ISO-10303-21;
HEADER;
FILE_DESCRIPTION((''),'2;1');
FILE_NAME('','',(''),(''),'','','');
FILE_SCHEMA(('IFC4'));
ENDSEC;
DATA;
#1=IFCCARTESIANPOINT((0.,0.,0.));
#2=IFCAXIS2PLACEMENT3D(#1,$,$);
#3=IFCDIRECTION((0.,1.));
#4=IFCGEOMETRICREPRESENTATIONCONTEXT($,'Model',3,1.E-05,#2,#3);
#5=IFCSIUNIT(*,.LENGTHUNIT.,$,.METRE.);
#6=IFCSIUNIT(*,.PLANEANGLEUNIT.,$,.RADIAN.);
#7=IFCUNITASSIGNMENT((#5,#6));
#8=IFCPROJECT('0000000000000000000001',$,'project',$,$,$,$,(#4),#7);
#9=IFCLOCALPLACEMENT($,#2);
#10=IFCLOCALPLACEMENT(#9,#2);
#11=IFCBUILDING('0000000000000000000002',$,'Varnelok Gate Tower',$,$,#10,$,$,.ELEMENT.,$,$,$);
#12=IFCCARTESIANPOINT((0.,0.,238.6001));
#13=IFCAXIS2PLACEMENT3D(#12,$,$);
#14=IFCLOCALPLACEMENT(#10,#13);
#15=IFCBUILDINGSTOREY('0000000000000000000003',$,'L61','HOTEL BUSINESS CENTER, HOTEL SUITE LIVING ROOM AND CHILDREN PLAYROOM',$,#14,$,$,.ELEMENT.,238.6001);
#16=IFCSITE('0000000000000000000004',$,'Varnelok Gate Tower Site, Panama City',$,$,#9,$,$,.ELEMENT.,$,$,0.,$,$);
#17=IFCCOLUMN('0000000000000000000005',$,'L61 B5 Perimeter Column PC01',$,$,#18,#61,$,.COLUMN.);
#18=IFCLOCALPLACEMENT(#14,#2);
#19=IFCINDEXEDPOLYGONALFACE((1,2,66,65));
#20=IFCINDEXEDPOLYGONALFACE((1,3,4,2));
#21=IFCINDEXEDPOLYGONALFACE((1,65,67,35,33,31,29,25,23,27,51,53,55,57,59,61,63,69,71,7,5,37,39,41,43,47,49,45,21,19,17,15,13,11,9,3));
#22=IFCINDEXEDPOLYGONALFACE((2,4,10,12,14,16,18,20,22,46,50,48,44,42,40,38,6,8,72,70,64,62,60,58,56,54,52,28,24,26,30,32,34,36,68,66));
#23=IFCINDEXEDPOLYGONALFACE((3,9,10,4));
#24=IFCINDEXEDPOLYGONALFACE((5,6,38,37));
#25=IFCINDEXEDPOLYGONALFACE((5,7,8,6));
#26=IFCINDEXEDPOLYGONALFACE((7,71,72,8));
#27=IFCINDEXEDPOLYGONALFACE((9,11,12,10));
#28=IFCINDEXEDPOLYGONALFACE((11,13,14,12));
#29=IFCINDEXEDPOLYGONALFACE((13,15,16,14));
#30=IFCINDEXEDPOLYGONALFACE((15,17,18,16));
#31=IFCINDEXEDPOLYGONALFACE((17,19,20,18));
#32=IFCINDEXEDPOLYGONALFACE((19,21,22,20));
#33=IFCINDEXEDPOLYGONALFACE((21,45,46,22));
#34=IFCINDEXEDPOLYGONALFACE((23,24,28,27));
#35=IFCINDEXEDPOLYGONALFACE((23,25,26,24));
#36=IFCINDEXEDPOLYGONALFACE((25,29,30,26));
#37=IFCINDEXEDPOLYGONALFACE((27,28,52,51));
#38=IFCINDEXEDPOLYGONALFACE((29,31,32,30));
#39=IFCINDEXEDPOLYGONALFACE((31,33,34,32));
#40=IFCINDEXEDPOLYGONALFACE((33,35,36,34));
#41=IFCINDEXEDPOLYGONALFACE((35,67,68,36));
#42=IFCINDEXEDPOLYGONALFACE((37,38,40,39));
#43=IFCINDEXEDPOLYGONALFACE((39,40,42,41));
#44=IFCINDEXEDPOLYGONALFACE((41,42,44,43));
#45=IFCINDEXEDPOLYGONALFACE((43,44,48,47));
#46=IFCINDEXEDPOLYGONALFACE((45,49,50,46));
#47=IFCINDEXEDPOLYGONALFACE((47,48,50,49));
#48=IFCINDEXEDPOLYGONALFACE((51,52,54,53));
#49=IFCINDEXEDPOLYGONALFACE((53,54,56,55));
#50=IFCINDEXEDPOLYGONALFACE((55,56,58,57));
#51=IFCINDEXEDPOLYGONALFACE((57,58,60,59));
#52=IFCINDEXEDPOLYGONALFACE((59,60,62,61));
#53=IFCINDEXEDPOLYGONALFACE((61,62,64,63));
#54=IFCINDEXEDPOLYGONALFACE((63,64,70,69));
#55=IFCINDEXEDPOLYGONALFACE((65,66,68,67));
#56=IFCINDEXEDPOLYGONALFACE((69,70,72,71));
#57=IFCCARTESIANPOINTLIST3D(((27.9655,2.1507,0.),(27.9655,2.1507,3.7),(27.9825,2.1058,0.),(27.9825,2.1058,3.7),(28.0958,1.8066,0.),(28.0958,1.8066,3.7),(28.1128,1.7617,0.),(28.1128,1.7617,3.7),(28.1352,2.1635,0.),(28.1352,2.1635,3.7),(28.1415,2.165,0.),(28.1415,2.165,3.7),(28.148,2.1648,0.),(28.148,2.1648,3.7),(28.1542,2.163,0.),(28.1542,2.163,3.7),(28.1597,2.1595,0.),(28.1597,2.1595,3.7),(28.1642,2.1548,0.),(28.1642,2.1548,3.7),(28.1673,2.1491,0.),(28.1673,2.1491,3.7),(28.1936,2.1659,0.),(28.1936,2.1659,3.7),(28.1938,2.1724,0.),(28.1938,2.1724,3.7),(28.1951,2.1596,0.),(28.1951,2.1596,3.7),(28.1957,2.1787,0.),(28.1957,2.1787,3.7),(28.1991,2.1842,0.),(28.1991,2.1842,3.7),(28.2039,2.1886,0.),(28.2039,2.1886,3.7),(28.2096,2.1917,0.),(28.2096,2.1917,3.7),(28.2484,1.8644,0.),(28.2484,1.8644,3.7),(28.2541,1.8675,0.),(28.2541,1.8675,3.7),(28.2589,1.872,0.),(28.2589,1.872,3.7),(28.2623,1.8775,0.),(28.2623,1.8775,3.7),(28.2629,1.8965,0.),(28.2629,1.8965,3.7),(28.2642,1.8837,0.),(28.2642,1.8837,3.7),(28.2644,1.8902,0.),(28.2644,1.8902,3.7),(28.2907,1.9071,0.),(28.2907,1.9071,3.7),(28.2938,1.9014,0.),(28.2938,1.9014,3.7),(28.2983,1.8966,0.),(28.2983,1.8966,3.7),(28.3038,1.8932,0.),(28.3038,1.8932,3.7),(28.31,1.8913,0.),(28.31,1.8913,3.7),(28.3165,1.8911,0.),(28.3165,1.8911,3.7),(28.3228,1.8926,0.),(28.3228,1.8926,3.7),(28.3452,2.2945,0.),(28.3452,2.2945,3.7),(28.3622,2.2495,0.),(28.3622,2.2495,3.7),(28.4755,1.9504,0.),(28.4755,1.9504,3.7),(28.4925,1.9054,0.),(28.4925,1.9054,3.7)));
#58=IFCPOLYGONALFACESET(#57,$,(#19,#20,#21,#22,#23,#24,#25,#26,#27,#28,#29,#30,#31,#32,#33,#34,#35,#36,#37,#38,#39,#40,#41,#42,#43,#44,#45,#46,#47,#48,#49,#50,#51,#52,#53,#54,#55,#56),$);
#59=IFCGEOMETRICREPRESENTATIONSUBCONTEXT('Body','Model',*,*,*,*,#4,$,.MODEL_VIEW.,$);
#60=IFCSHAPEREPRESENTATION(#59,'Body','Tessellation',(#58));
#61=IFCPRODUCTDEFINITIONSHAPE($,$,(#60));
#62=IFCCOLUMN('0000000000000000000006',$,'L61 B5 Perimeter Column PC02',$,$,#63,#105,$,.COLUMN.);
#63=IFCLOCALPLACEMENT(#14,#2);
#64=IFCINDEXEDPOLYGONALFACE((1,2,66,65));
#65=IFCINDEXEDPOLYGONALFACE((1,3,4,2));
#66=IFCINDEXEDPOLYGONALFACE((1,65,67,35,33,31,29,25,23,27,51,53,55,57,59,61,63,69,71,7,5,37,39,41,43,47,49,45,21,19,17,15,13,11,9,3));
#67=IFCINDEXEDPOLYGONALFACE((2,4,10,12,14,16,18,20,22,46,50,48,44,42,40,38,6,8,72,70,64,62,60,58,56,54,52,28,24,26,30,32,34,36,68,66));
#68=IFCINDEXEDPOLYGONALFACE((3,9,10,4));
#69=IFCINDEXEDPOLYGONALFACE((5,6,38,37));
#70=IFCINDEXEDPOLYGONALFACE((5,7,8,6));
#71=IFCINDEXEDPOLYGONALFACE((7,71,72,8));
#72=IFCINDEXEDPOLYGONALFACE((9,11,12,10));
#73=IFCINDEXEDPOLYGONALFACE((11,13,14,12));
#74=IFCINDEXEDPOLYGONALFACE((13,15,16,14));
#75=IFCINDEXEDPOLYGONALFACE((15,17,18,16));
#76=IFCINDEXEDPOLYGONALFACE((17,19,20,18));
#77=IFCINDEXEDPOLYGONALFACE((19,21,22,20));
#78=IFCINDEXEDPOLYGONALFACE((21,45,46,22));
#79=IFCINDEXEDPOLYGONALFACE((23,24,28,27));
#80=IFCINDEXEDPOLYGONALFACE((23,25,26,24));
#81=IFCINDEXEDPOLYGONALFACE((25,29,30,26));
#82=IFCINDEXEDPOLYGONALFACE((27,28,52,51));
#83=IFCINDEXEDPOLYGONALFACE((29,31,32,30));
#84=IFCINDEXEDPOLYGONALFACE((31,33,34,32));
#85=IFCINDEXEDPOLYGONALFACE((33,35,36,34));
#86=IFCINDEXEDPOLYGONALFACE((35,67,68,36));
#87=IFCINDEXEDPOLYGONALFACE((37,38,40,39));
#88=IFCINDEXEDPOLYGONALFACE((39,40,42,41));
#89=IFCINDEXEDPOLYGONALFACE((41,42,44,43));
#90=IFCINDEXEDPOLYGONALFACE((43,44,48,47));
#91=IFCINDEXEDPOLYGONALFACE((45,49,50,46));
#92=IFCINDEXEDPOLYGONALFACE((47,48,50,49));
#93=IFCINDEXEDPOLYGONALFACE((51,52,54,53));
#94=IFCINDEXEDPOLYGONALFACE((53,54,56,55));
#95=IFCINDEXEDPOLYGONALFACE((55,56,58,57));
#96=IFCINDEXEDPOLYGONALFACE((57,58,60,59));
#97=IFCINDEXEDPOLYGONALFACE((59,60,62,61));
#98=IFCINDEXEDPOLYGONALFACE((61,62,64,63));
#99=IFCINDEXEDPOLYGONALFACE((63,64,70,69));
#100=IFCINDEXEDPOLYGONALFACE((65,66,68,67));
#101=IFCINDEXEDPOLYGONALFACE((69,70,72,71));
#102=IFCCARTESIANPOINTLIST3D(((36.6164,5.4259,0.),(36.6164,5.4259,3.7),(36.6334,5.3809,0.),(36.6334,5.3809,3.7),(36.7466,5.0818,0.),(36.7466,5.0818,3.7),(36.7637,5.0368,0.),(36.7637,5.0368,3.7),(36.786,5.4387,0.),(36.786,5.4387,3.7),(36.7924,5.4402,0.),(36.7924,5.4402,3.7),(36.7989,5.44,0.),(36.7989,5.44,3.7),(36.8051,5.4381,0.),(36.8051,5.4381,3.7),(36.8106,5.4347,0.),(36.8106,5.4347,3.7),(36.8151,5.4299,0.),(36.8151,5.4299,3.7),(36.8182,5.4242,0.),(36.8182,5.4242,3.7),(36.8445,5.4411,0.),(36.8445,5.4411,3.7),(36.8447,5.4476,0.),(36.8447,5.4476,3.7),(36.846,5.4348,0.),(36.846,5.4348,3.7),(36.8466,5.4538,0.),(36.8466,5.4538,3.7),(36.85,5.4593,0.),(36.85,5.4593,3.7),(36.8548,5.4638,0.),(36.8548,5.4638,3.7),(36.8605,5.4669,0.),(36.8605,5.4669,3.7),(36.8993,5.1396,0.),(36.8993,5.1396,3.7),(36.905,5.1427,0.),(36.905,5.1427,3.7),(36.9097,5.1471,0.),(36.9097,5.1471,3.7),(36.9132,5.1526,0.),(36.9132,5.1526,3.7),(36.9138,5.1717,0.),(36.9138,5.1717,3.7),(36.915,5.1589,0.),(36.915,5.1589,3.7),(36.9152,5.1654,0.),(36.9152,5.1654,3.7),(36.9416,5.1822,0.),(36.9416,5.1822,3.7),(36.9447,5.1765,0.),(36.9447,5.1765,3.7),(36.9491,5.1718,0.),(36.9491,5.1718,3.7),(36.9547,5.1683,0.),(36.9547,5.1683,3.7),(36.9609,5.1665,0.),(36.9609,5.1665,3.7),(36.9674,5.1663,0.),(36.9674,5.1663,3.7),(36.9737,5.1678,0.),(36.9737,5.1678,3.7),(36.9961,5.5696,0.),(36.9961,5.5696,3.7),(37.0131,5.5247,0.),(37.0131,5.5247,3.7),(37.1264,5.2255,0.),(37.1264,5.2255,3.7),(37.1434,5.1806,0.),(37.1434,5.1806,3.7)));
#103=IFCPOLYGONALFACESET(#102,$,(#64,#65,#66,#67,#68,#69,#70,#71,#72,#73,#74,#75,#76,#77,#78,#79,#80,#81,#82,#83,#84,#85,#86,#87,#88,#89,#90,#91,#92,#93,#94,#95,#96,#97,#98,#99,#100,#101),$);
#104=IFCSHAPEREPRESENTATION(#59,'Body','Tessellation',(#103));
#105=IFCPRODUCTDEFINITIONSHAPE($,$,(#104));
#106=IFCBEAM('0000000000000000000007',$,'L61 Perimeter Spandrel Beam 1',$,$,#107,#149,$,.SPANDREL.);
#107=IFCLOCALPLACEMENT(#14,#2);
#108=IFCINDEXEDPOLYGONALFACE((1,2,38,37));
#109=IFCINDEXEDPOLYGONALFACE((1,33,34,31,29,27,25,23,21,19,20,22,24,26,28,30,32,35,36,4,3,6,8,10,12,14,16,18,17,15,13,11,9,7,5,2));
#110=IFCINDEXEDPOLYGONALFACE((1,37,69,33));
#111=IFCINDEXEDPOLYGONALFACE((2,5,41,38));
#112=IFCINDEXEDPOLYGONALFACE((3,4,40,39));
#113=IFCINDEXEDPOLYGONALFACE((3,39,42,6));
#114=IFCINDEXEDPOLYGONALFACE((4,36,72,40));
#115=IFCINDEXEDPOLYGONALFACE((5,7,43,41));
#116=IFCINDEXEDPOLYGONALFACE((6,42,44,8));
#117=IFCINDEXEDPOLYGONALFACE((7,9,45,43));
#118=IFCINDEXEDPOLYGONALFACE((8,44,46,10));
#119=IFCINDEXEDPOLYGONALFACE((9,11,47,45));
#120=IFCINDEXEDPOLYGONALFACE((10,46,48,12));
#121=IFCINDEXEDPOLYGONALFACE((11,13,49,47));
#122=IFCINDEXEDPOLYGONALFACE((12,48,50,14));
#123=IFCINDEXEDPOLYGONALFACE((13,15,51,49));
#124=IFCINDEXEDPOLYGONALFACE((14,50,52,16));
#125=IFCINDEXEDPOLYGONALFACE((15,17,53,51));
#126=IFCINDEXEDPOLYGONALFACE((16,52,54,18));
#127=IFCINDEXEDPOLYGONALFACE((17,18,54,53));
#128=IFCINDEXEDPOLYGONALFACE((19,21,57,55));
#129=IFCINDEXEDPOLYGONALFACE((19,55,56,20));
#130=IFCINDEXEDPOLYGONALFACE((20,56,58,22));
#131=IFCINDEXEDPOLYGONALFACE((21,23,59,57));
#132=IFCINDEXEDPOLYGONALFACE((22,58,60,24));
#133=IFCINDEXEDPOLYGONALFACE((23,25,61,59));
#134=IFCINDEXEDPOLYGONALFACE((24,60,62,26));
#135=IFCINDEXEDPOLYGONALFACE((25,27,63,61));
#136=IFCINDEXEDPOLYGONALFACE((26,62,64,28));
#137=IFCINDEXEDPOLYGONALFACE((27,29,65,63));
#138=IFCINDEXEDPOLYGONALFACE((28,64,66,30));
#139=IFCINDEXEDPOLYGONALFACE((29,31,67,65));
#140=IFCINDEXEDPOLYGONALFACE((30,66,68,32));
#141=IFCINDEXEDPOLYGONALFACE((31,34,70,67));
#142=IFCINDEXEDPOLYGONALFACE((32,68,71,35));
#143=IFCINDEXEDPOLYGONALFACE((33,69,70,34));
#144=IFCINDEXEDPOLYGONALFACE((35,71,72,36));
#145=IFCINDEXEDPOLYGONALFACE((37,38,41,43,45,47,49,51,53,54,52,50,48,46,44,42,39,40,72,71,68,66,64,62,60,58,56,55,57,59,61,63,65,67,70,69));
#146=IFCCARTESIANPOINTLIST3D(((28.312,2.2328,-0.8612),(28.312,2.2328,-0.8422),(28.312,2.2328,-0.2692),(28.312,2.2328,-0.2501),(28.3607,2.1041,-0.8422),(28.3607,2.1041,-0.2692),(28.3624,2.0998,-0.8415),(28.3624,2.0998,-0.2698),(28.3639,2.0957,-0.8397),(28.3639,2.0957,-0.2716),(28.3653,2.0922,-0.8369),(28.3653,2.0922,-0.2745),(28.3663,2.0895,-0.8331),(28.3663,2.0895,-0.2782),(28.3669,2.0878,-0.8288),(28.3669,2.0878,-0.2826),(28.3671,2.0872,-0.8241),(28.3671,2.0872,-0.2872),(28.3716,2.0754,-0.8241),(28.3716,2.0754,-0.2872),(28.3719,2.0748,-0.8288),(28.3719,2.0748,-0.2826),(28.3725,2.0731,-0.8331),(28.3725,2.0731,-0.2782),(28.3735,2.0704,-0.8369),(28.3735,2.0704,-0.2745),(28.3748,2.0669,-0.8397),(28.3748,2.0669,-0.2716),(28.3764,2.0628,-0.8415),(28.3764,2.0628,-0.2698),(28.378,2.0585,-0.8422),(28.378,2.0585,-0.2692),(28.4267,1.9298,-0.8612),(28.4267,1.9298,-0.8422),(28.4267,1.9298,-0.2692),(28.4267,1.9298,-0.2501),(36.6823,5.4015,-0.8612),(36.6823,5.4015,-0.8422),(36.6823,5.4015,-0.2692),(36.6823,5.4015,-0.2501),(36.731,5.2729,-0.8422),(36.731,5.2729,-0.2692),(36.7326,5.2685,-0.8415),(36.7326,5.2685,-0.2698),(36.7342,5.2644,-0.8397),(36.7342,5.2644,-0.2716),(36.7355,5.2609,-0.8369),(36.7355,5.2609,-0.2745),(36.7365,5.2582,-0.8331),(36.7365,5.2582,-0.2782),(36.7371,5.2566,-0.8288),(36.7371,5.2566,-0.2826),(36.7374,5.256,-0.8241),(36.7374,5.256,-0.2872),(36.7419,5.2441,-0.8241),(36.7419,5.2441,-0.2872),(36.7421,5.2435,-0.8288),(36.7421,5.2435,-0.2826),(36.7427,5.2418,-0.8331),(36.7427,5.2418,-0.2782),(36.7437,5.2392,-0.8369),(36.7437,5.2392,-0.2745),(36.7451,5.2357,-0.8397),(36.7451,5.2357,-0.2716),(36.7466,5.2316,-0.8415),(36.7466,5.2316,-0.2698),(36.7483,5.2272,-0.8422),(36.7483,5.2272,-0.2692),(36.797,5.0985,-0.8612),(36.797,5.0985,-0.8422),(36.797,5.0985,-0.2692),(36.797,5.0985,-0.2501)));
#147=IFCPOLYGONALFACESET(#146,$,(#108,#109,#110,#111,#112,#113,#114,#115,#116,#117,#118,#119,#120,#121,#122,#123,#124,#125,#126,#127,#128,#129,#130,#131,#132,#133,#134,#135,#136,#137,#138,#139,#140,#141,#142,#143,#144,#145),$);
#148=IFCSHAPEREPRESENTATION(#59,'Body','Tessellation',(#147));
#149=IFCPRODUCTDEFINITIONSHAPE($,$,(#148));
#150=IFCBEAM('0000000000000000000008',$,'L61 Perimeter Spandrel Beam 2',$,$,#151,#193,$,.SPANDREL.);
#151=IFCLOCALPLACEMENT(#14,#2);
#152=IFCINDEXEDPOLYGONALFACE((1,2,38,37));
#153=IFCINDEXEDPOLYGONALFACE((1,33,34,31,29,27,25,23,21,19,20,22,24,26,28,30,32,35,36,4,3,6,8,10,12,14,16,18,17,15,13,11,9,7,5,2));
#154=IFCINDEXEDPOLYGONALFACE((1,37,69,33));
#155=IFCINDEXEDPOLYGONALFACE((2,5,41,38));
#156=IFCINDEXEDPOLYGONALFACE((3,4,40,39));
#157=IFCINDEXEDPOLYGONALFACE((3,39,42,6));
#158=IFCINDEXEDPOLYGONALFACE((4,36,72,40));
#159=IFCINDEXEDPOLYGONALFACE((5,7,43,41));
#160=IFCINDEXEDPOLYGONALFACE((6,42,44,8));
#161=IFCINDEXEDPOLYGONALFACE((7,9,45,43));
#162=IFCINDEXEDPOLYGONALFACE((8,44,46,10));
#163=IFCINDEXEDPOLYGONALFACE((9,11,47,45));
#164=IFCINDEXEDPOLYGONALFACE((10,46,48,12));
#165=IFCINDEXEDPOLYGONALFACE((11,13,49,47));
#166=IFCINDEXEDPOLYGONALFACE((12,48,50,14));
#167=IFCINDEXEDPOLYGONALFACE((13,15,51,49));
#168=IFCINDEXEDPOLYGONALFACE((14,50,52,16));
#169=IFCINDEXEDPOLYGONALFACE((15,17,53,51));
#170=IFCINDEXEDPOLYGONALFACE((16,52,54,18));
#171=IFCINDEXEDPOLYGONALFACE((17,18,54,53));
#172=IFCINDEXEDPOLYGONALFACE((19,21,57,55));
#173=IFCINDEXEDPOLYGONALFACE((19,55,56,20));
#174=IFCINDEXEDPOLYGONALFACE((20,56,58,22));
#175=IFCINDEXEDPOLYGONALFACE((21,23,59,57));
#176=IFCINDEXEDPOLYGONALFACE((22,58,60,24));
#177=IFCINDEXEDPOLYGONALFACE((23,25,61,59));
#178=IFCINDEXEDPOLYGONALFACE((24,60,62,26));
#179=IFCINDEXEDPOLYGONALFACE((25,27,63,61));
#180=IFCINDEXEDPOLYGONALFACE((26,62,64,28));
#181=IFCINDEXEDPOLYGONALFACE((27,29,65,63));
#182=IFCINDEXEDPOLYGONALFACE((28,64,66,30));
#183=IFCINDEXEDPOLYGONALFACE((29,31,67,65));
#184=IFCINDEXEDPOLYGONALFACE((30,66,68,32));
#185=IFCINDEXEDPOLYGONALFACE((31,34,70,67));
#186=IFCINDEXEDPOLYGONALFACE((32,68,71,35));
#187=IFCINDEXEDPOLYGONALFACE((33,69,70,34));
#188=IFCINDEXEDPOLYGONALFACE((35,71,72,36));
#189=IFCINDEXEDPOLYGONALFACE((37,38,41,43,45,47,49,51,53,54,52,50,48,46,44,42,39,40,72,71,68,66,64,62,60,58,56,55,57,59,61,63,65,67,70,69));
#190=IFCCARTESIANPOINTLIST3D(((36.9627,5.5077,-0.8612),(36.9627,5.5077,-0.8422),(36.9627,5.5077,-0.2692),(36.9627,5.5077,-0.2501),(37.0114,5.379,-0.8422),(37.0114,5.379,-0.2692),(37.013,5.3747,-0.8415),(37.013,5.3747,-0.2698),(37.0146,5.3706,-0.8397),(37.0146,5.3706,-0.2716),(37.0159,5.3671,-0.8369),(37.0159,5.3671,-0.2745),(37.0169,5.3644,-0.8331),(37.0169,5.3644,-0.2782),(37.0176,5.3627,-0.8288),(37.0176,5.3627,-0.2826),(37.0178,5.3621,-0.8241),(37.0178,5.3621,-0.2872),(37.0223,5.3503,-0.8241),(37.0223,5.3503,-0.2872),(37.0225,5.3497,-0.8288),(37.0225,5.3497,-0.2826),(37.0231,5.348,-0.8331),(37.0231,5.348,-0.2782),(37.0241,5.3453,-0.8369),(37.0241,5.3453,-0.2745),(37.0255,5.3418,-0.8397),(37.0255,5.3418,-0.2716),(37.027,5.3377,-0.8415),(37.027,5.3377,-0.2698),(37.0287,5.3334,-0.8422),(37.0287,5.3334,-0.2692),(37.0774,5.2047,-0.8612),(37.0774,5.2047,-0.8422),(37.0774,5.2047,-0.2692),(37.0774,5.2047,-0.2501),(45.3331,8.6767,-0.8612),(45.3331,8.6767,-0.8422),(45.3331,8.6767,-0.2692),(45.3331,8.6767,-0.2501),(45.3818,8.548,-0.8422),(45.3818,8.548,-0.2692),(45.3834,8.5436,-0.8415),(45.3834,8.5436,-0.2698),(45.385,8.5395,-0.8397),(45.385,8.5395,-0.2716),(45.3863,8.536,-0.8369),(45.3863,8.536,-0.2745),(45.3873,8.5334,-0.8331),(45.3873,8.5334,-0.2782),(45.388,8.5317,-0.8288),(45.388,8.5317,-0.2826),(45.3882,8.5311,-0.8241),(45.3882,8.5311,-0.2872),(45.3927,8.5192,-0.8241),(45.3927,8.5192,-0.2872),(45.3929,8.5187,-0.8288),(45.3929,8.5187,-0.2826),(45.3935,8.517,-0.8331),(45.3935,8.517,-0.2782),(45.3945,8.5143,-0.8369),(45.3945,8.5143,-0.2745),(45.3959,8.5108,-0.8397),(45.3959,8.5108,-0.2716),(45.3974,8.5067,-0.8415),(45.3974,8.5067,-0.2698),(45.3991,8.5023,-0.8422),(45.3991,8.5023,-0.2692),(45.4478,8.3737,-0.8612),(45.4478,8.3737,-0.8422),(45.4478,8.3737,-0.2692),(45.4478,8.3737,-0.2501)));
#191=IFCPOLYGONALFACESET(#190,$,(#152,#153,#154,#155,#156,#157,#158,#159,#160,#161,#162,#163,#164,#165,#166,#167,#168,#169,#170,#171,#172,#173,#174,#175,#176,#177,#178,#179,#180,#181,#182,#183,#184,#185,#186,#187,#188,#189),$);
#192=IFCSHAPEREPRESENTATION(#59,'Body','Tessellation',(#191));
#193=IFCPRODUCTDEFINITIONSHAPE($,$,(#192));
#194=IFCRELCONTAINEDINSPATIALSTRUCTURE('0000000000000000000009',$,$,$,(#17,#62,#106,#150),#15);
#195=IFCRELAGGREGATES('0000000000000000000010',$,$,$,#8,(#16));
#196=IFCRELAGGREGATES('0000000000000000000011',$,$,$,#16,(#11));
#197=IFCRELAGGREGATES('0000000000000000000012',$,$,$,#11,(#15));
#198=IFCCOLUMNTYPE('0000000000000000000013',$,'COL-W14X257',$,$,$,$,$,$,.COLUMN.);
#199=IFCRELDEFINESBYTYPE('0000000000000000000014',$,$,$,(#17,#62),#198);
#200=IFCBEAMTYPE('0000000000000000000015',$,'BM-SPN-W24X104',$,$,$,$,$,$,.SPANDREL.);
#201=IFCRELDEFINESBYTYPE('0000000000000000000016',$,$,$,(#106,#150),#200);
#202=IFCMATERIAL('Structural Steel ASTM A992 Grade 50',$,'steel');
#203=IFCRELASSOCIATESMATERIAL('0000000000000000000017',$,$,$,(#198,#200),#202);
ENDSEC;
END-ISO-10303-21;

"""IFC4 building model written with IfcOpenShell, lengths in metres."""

from ifc_helpers import new_model, si_unit, direction, frame, origin, origin_2d, place, context, subcontext, project, spatial, i_section, extrude, material, material_profile, profile_set, type_object, element, save


model = new_model("IFC4")

# Units and contexts
model_context = context("Model", 3, precision=1e-05, world=origin(), true_north=direction((0.0, 1.0)))
body_context = subcontext(model_context, "Body", "Model", "MODEL_VIEW")
ifc_project = project(units=[si_unit("LENGTHUNIT", "METRE"), si_unit("PLANEANGLEUNIT", "RADIAN")], contexts=[model_context])

# Site, building, storey
site_placement = place(None, origin())
site = spatial("IfcSite", under=ifc_project, at=site_placement, Name="Varnelok Gate Tower Site, Panama City", CompositionType="ELEMENT", RefElevation=0.0)
building_placement = place(site_placement, origin())
building = spatial("IfcBuilding", under=site, at=building_placement, Name="Varnelok Gate Tower", CompositionType="ELEMENT")
storey_placement = place(building_placement, frame((0.0, 0.0, 238.6001)))
storey = spatial("IfcBuildingStorey", under=building, at=storey_placement, Name="L61", Description="HOTEL BUSINESS CENTER, HOTEL SUITE LIVING ROOM AND CHILDREN PLAYROOM", CompositionType="ELEMENT", Elevation=238.6001)

# Columns
ifc_material_1 = material(Name="Structural Steel ASTM A992 Grade 50", Category="steel")
ifc_material_profile_1 = material_profile(ifc_material_1, i_section(OverallWidth=0.406, OverallDepth=0.416, WebThickness=0.0298, FlangeThickness=0.0481, FilletRadius=0.0249, at=origin_2d()), Name="W14X257")
ifc_profile_set_1 = profile_set([ifc_material_profile_1], Name="Structural Steel ASTM A992 Grade 50")
column_type = type_object("IfcColumnType", Name="COL-W14X257", PredefinedType="COLUMN", material=ifc_profile_set_1)
for number, where, z_axis, x_axis, name in (
    (1, (28.229, 2.0281, 0.0), (0.0, 0.0, 1.0), (0.935222, 0.354063, 0.0), "L61 B5 Perimeter Column PC01"),
    (2, (36.8799, 5.3032, 0.0), (0.0, 0.0, 1.0), (0.935222, 0.354063, 0.0), "L61 B5 Perimeter Column PC02"),
):
    element("IfcColumn", number, at=place(storey_placement, frame(where, z_axis=z_axis, x_axis=x_axis)), inside=storey, type_object=column_type, Name=name, PredefinedType="COLUMN", context=body_context, shape_type="SweptSolid", body=[
        extrude(i_section(OverallWidth=0.406, OverallDepth=0.416, WebThickness=0.0298, FlangeThickness=0.0481, FilletRadius=0.0249, at=origin_2d()), origin(), (0.0, 0.0, 1.0), 3.7),
    ])

# Beams
ifc_material_profile_2 = material_profile(ifc_material_1, i_section(OverallWidth=0.324, OverallDepth=0.6111, WebThickness=0.0127, FlangeThickness=0.019, FilletRadius=0.0181, at=origin_2d()), Name="W24X104")
ifc_profile_set_2 = profile_set([ifc_material_profile_2], Name="Structural Steel ASTM A992 Grade 50")
beam_type = type_object("IfcBeamType", Name="BM-SPN-W24X104", PredefinedType="SPANDREL", material=ifc_profile_set_2)
beam_1_placement = place(storey_placement, frame((28.3694, 2.0813, -0.5557), z_axis=(0.935226, 0.354051, 0.0), x_axis=(-0.354051, 0.935226, 0.0)))
element("IfcBeam", 3, at=beam_1_placement, inside=storey, type_object=beam_type, Name="L61 Perimeter Spandrel Beam 1", PredefinedType="SPANDREL", context=body_context, shape_type="SweptSolid", body=[
    extrude(i_section(OverallWidth=0.324, OverallDepth=0.6111, WebThickness=0.0127, FlangeThickness=0.019, FilletRadius=0.0181, at=origin_2d()), origin(), (0.0, 0.0, 1.0), 8.95),
])
beam_2_placement = place(storey_placement, frame((37.02, 5.3562, -0.5557), z_axis=(0.93522, 0.354066, 0.0), x_axis=(-0.354066, 0.93522, 0.0)))
element("IfcBeam", 4, at=beam_2_placement, inside=storey, type_object=beam_type, Name="L61 Perimeter Spandrel Beam 2", PredefinedType="SPANDREL", context=body_context, shape_type="SweptSolid", body=[
    extrude(i_section(OverallWidth=0.324, OverallDepth=0.6111, WebThickness=0.0127, FlangeThickness=0.019, FilletRadius=0.0181, at=origin_2d()), origin(), (0.0, 0.0, 1.0), 8.9502),
])

save(model, "model.ifc")
